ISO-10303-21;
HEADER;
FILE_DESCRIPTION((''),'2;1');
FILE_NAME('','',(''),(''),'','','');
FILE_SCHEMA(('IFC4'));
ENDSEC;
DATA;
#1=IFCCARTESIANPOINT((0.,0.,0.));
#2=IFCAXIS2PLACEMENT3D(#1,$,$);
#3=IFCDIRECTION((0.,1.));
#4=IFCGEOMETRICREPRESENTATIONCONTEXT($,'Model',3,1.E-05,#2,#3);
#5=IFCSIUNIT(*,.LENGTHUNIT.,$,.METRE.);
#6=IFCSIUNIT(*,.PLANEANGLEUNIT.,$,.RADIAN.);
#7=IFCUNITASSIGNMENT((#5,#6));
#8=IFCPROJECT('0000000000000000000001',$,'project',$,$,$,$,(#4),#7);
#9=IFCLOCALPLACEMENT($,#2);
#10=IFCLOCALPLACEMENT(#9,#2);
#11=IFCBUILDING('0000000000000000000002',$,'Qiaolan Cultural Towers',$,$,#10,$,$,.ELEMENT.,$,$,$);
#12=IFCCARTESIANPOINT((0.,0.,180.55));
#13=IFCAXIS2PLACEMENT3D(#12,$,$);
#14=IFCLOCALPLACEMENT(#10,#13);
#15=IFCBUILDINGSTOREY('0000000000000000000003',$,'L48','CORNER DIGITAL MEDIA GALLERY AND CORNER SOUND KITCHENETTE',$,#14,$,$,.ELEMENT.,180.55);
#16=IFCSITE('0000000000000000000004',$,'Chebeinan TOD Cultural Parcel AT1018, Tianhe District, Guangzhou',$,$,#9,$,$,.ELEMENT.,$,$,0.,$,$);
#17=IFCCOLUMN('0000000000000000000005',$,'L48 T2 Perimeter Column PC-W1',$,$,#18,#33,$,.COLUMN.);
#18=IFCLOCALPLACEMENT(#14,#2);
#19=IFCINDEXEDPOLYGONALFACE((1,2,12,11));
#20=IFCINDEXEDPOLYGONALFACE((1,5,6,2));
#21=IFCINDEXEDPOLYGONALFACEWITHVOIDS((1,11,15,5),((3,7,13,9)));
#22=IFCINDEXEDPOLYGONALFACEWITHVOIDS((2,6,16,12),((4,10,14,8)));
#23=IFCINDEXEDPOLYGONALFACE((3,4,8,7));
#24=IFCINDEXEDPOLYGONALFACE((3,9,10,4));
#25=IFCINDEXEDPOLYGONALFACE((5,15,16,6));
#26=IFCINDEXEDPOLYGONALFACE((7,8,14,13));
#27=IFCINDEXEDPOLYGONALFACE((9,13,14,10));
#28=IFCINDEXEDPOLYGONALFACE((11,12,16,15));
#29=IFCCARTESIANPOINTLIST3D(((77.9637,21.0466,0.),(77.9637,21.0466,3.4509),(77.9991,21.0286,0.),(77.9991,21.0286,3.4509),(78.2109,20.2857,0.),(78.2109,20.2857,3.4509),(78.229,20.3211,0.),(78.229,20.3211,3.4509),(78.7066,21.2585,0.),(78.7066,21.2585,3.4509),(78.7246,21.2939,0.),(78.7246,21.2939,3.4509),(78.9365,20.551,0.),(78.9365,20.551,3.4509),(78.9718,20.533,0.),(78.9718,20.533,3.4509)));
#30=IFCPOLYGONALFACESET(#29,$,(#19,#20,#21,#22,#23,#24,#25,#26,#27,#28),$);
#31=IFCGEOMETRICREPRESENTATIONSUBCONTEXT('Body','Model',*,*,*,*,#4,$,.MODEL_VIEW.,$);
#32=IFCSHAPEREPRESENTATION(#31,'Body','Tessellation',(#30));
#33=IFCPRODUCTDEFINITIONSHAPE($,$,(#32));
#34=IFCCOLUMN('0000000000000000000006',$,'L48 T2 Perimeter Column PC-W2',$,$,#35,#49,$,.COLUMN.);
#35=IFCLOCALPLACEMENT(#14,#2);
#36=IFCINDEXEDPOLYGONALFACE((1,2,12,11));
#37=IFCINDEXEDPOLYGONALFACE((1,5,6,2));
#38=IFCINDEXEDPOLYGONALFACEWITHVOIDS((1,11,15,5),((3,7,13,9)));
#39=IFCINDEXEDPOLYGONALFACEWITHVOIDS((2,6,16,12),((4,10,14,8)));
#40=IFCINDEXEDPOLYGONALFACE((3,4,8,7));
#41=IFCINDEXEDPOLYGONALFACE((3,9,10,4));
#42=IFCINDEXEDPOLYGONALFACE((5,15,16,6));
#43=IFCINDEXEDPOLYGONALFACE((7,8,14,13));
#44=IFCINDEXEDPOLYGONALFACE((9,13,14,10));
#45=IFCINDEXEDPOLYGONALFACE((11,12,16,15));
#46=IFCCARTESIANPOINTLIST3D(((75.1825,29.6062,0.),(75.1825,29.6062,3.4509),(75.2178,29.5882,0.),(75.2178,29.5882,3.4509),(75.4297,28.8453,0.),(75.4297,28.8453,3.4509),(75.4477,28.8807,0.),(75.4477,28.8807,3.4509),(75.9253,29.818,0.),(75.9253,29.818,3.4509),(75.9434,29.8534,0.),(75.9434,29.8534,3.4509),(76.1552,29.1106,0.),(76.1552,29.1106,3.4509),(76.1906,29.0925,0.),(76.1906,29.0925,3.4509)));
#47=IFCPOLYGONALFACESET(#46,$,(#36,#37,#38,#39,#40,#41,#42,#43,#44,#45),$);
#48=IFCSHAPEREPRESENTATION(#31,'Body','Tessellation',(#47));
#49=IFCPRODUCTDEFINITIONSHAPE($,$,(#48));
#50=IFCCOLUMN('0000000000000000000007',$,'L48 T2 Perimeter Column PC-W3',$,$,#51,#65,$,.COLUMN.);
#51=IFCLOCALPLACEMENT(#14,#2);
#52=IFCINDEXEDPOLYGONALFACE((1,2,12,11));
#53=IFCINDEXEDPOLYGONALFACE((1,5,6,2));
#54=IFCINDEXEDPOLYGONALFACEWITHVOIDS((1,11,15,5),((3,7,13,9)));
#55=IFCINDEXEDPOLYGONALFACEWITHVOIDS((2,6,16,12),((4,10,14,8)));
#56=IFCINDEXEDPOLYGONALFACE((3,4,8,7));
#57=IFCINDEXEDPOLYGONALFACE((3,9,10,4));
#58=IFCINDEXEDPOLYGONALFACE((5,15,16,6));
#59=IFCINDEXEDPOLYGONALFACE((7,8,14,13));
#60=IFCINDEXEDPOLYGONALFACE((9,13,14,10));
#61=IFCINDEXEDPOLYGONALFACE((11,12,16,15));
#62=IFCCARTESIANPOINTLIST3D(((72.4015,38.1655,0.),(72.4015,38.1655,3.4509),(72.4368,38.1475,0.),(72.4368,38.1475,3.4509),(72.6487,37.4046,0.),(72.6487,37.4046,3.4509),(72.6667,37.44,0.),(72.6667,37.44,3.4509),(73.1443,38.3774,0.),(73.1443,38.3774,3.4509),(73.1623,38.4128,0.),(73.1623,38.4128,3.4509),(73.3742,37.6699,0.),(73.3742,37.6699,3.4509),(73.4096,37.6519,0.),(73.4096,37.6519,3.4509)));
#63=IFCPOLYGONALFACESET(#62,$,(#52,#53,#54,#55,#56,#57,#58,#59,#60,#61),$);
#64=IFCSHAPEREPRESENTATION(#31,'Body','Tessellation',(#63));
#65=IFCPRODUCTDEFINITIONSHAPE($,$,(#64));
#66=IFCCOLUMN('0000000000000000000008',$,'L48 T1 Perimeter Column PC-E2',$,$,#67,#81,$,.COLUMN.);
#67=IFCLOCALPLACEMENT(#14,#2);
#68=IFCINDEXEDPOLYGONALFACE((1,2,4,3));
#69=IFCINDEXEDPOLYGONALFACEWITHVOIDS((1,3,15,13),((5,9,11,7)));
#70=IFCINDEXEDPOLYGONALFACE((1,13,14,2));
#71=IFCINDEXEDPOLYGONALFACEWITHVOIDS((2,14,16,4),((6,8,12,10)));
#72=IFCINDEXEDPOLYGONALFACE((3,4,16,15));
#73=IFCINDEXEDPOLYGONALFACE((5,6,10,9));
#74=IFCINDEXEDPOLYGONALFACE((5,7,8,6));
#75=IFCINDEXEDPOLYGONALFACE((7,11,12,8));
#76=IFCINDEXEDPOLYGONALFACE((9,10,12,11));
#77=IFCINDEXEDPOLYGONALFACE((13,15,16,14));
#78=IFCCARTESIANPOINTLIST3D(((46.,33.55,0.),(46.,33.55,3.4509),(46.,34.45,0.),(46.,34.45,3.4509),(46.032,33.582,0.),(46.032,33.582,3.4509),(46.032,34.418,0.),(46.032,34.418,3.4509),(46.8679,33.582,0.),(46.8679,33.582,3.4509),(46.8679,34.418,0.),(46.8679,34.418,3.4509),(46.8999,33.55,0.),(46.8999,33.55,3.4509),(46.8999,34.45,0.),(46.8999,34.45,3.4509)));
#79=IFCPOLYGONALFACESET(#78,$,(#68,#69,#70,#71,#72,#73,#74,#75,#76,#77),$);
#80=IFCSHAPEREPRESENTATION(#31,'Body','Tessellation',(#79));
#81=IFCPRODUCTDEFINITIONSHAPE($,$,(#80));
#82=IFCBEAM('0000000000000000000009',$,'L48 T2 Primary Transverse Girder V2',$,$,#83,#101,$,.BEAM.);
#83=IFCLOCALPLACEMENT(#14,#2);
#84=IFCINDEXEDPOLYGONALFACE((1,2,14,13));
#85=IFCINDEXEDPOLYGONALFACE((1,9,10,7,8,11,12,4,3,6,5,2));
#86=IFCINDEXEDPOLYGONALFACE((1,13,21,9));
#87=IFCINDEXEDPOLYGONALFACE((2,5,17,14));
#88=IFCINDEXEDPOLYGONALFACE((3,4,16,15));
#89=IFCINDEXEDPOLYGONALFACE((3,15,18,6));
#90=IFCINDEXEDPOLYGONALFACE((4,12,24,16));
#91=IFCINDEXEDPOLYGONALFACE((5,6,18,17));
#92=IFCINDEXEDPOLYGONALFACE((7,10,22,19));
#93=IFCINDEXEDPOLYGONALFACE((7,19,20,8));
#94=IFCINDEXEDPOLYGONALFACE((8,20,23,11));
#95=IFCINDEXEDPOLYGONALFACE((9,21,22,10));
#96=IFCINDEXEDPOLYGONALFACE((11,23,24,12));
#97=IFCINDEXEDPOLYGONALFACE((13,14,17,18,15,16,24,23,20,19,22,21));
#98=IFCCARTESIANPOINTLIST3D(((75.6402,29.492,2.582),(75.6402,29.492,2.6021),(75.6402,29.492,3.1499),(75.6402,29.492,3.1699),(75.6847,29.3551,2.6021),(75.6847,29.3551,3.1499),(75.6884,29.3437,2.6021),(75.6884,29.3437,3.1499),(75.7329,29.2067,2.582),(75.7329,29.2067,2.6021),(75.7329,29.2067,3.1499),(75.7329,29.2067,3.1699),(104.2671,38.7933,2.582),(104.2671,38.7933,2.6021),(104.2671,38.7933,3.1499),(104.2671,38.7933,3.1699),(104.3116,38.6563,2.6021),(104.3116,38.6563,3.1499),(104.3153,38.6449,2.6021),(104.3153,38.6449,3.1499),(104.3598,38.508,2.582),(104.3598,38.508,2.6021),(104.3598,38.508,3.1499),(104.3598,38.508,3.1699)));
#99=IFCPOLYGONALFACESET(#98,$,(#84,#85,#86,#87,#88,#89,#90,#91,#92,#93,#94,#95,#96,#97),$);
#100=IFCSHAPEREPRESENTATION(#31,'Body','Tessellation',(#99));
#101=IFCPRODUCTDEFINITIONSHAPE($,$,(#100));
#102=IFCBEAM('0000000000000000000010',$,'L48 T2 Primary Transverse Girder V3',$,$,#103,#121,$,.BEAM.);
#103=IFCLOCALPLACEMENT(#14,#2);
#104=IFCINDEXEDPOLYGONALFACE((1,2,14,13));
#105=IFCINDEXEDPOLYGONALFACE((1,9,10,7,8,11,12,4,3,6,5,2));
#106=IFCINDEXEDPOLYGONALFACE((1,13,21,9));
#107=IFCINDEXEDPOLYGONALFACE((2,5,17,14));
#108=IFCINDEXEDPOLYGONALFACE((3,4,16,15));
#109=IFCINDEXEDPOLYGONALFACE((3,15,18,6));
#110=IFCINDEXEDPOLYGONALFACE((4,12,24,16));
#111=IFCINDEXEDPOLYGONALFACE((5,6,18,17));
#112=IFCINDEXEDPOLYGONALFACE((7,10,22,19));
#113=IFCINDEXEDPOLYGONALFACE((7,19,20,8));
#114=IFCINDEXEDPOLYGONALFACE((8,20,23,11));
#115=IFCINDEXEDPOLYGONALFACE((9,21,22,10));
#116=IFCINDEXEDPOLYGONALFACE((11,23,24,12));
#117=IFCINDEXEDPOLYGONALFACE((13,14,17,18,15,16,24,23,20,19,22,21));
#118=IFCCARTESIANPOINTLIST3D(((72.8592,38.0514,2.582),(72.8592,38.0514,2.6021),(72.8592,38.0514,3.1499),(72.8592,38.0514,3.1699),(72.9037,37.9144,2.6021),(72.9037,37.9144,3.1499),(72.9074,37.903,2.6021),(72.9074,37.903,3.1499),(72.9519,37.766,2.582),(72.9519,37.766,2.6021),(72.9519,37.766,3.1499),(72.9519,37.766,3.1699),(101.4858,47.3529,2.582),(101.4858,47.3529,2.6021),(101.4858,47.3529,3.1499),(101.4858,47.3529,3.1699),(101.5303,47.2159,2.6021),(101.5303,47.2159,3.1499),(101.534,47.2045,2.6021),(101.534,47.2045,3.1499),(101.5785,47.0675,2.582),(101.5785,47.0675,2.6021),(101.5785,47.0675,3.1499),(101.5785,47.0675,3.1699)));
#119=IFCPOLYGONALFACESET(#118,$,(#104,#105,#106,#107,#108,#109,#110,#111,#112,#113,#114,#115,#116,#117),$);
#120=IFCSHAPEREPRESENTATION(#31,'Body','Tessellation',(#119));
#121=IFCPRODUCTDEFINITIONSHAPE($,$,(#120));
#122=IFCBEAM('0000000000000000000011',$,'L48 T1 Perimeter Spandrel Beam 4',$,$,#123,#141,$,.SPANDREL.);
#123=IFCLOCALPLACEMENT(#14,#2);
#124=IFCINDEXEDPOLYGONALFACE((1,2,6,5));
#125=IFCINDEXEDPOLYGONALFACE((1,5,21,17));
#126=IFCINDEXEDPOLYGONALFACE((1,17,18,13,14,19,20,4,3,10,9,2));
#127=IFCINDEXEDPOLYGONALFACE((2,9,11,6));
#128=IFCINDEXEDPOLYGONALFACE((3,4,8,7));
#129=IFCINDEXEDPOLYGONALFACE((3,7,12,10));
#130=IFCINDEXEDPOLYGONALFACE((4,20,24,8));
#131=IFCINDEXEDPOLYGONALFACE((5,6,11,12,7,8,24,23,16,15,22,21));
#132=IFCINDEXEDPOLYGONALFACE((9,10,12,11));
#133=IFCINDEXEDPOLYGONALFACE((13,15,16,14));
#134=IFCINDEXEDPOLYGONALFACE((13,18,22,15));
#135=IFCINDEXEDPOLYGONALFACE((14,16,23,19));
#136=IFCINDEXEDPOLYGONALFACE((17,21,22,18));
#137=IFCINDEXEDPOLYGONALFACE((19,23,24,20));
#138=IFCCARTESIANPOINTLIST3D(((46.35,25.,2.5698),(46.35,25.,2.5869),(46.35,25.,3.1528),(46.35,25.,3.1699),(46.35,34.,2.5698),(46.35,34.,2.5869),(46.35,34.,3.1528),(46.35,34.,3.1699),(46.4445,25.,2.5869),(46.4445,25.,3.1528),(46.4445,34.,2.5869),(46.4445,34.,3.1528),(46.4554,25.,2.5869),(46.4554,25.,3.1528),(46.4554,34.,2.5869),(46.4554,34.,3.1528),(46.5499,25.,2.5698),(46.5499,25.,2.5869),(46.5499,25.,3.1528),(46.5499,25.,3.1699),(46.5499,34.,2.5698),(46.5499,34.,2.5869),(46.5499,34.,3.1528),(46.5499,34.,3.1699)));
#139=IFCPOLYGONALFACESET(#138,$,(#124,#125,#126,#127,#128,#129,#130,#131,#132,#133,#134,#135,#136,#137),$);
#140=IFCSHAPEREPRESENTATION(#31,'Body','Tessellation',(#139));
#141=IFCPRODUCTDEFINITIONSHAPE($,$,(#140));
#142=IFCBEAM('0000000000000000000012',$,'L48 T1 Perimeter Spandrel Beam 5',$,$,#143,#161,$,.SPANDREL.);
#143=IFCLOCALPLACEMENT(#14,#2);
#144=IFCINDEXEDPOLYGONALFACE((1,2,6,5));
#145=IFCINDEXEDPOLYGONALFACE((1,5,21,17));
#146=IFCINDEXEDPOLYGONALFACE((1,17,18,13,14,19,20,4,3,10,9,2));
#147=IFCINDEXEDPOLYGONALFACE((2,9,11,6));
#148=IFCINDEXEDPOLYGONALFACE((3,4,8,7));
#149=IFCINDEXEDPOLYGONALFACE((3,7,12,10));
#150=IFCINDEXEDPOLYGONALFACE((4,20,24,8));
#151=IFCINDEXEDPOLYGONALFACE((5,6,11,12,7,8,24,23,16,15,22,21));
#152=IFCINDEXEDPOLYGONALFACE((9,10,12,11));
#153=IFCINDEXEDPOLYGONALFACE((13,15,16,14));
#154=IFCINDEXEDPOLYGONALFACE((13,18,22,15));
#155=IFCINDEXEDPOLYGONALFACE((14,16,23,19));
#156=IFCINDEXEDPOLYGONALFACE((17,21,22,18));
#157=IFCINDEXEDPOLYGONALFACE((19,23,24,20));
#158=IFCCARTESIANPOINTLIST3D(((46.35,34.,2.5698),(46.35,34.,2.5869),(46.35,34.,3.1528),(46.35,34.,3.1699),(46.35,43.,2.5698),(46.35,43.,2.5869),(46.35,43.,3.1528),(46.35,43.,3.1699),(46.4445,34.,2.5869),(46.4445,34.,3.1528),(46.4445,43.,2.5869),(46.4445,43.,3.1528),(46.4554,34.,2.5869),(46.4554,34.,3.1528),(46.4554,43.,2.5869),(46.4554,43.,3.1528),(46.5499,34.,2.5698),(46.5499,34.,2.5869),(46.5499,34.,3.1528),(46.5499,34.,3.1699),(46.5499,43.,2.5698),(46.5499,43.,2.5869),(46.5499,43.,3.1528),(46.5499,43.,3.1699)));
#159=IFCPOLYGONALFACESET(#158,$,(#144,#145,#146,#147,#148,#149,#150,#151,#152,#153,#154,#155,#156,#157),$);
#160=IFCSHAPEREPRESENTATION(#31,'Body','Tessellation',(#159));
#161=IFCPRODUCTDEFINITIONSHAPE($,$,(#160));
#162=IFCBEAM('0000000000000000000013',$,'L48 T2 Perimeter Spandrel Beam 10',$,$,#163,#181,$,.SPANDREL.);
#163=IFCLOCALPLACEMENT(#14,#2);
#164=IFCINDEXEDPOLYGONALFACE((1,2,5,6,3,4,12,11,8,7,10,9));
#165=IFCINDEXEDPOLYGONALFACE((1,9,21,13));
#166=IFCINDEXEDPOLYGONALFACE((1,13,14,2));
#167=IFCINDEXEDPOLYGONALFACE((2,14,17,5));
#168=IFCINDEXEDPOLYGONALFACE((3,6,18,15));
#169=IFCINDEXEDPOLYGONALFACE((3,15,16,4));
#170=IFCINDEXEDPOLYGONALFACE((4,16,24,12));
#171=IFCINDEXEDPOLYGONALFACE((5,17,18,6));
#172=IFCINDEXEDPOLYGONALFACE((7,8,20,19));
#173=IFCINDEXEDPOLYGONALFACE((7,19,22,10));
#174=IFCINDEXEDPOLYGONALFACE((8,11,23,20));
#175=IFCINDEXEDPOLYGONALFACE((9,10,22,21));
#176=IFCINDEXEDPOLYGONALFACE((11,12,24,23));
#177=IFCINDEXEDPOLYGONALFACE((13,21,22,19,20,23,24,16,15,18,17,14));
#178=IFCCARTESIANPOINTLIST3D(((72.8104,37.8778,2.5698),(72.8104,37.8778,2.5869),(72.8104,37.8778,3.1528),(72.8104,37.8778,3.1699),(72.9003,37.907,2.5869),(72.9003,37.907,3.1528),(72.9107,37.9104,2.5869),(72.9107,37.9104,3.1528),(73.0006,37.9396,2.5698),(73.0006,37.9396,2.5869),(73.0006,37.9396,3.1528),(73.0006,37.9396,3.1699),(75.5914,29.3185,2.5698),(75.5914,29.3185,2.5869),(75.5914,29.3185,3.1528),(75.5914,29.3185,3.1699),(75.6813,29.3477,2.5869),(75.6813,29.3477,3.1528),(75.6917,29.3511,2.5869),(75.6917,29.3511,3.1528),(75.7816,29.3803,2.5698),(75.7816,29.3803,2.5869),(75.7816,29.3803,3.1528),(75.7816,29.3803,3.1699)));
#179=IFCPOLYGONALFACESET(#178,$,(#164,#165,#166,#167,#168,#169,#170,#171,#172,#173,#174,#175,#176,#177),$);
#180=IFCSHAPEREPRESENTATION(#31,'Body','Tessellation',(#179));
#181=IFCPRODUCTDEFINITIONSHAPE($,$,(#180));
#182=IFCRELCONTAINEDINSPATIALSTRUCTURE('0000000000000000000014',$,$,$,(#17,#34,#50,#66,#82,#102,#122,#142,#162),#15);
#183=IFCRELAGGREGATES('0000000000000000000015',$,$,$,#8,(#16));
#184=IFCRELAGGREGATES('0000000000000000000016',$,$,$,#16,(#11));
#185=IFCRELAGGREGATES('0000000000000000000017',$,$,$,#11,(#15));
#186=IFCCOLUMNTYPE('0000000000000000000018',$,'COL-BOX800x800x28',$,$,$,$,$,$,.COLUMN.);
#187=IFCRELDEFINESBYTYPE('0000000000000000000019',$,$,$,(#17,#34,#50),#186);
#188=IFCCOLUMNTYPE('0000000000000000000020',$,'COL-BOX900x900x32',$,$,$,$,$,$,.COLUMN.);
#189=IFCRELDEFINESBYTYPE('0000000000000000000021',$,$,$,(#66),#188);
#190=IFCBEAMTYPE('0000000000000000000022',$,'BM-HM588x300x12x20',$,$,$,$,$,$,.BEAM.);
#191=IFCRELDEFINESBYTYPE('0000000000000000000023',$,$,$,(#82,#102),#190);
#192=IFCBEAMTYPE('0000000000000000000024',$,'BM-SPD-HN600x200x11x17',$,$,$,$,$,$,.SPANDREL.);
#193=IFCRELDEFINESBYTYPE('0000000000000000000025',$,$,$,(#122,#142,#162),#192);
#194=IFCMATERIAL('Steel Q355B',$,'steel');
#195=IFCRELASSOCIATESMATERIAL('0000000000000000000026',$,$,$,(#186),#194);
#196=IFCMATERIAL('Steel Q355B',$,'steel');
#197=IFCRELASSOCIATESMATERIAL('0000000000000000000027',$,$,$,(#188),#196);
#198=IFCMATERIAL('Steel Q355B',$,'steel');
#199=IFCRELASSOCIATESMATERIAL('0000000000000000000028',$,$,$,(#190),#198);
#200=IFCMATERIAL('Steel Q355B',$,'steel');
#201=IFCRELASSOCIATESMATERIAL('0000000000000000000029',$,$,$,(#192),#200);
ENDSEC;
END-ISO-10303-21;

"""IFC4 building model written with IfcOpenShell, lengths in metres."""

from ifc_helpers import new_model, si_unit, direction, frame, origin, origin_2d, place, context, subcontext, project, spatial, hollow_rectangle, i_section, extrude, material, material_profile, profile_set, type_object, element, save


model = new_model("IFC4")

# Units and contexts
model_context = context("Model", 3, precision=1e-05, world=origin(), true_north=direction((0.0, 1.0)))
body_context = subcontext(model_context, "Body", "Model", "MODEL_VIEW")
ifc_project = project(units=[si_unit("LENGTHUNIT", "METRE"), si_unit("PLANEANGLEUNIT", "RADIAN")], contexts=[model_context])

# Site, building, storey
site_placement = place(None, origin())
site = spatial("IfcSite", under=ifc_project, at=site_placement, Name="Chebeinan TOD Cultural Parcel AT1018, Tianhe District, Guangzhou", CompositionType="ELEMENT", RefElevation=0.0)
building_placement = place(site_placement, origin())
building = spatial("IfcBuilding", under=site, at=building_placement, Name="Qiaolan Cultural Towers", CompositionType="ELEMENT")
storey_placement = place(building_placement, frame((0.0, 0.0, 180.55)))
storey = spatial("IfcBuildingStorey", under=building, at=storey_placement, Name="L48", Description="CORNER DIGITAL MEDIA GALLERY AND CORNER SOUND KITCHENETTE", CompositionType="ELEMENT", Elevation=180.55)

# Columns
ifc_material_1 = material(Name="Steel Q355B", Category="steel")
ifc_material_profile_1 = material_profile(ifc_material_1, hollow_rectangle(XDim=0.8, YDim=0.8, WallThickness=0.0281, at=origin_2d()), Name="BOX800x800x28")
ifc_profile_set_1 = profile_set([ifc_material_profile_1], Name="Steel Q355B")
column_type_1 = type_object("IfcColumnType", Name="COL-BOX800x800x28", PredefinedType="COLUMN", material=ifc_profile_set_1)
for number, where, z_axis, x_axis, name in (
    (1, (78.4678, 20.7898, 0.0), (0.0, 0.0, 1.0), (0.951057, 0.309017, 0.0), "L48 T2 Perimeter Column PC-W1"),
    (2, (75.6865, 29.3494, 0.0), (0.0, 0.0, 1.0), (0.951057, 0.309017, 0.0), "L48 T2 Perimeter Column PC-W2"),
    (3, (72.9055, 37.9087, 0.0), (0.0, 0.0, 1.0), (0.951057, 0.309017, 0.0), "L48 T2 Perimeter Column PC-W3"),
):
    element("IfcColumn", number, at=place(storey_placement, frame(where, z_axis=z_axis, x_axis=x_axis)), inside=storey, type_object=column_type_1, Name=name, PredefinedType="COLUMN", context=body_context, shape_type="SweptSolid", body=[
        extrude(hollow_rectangle(XDim=0.8, YDim=0.8, WallThickness=0.0281, at=origin_2d()), origin(), (0.0, 0.0, 1.0), 3.4509),
    ])
ifc_material_2 = material(Name="Steel Q355B", Category="steel")
ifc_material_profile_2 = material_profile(ifc_material_2, hollow_rectangle(XDim=0.8999, YDim=0.8999, WallThickness=0.032, at=origin_2d()), Name="BOX900x900x32")
ifc_profile_set_2 = profile_set([ifc_material_profile_2], Name="Steel Q355B")
column_type_2 = type_object("IfcColumnType", Name="COL-BOX900x900x32", PredefinedType="COLUMN", material=ifc_profile_set_2)
column_placement = place(storey_placement, frame((46.45, 34.0, 0.0), z_axis=(0.0, 0.0, 1.0), x_axis=(1.0, 0.0, 0.0)))
element("IfcColumn", 4, at=column_placement, inside=storey, type_object=column_type_2, Name="L48 T1 Perimeter Column PC-E2", PredefinedType="COLUMN", context=body_context, shape_type="SweptSolid", body=[
    extrude(hollow_rectangle(XDim=0.8999, YDim=0.8999, WallThickness=0.032, at=origin_2d()), origin(), (0.0, 0.0, 1.0), 3.4509),
])

# Beams
ifc_material_3 = material(Name="Steel Q355B", Category="steel")
ifc_material_profile_3 = material_profile(ifc_material_3, i_section(OverallWidth=0.3, OverallDepth=0.5879, WebThickness=0.012, FlangeThickness=0.02, at=origin_2d()), Name="HM588x300x12x20")
ifc_profile_set_3 = profile_set([ifc_material_profile_3], Name="Steel Q355B")
beam_type_1 = type_object("IfcBeamType", Name="BM-HM588x300x12x20", PredefinedType="BEAM", material=ifc_profile_set_3)
beam_1_placement = place(storey_placement, frame((75.6865, 29.3494, 2.876), z_axis=(0.951058, 0.309011, 0.0), x_axis=(-0.309011, 0.951058, 0.0)))
element("IfcBeam", 5, at=beam_1_placement, inside=storey, type_object=beam_type_1, Name="L48 T2 Primary Transverse Girder V2", PredefinedType="BEAM", context=body_context, shape_type="SweptSolid", body=[
    extrude(i_section(OverallWidth=0.3, OverallDepth=0.5879, WebThickness=0.012, FlangeThickness=0.02, at=origin_2d()), origin(), (0.0, 0.0, 1.0), 30.1001),
])
beam_2_placement = place(storey_placement, frame((72.9055, 37.9087, 2.876), z_axis=(0.951055, 0.309021, 0.0), x_axis=(-0.309021, 0.951055, 0.0)))
element("IfcBeam", 6, at=beam_2_placement, inside=storey, type_object=beam_type_1, Name="L48 T2 Primary Transverse Girder V3", PredefinedType="BEAM", context=body_context, shape_type="SweptSolid", body=[
    extrude(i_section(OverallWidth=0.3, OverallDepth=0.5879, WebThickness=0.012, FlangeThickness=0.02, at=origin_2d()), origin(), (0.0, 0.0, 1.0), 30.0999),
])
ifc_material_4 = material(Name="Steel Q355B", Category="steel")
ifc_material_profile_4 = material_profile(ifc_material_4, i_section(OverallWidth=0.2, OverallDepth=0.6001, WebThickness=0.011, FlangeThickness=0.0171, at=origin_2d()), Name="HN600x200x11x17")
ifc_profile_set_4 = profile_set([ifc_material_profile_4], Name="Steel Q355B")
beam_type_2 = type_object("IfcBeamType", Name="BM-SPD-HN600x200x11x17", PredefinedType="SPANDREL", material=ifc_profile_set_4)
for number, where, z_axis, x_axis, name in (
    (7, (46.45, 25.0, 2.8699), (0.0, 1.0, 0.0), (-1.0, 0.0, 0.0), "L48 T1 Perimeter Spandrel Beam 4"),
    (8, (46.45, 34.0, 2.8699), (0.0, 1.0, 0.0), (-1.0, 0.0, 0.0), "L48 T1 Perimeter Spandrel Beam 5"),
):
    element("IfcBeam", number, at=place(storey_placement, frame(where, z_axis=z_axis, x_axis=x_axis)), inside=storey, type_object=beam_type_2, Name=name, PredefinedType="SPANDREL", context=body_context, shape_type="SweptSolid", body=[
        extrude(i_section(OverallWidth=0.2, OverallDepth=0.6001, WebThickness=0.011, FlangeThickness=0.0171, at=origin_2d()), origin(), (0.0, 0.0, 1.0), 9.0),
    ])
beam_3_placement = place(storey_placement, frame((72.9055, 37.9087, 2.8699), z_axis=(0.309008, -0.951059, 0.0), x_axis=(0.951059, 0.309008, 0.0)))
element("IfcBeam", 9, at=beam_3_placement, inside=storey, type_object=beam_type_2, Name="L48 T2 Perimeter Spandrel Beam 10", PredefinedType="SPANDREL", context=body_context, shape_type="SweptSolid", body=[
    extrude(i_section(OverallWidth=0.2, OverallDepth=0.6001, WebThickness=0.011, FlangeThickness=0.0171, at=origin_2d()), origin(), (0.0, 0.0, 1.0), 8.9998),
])

save(model, "model.ifc")
